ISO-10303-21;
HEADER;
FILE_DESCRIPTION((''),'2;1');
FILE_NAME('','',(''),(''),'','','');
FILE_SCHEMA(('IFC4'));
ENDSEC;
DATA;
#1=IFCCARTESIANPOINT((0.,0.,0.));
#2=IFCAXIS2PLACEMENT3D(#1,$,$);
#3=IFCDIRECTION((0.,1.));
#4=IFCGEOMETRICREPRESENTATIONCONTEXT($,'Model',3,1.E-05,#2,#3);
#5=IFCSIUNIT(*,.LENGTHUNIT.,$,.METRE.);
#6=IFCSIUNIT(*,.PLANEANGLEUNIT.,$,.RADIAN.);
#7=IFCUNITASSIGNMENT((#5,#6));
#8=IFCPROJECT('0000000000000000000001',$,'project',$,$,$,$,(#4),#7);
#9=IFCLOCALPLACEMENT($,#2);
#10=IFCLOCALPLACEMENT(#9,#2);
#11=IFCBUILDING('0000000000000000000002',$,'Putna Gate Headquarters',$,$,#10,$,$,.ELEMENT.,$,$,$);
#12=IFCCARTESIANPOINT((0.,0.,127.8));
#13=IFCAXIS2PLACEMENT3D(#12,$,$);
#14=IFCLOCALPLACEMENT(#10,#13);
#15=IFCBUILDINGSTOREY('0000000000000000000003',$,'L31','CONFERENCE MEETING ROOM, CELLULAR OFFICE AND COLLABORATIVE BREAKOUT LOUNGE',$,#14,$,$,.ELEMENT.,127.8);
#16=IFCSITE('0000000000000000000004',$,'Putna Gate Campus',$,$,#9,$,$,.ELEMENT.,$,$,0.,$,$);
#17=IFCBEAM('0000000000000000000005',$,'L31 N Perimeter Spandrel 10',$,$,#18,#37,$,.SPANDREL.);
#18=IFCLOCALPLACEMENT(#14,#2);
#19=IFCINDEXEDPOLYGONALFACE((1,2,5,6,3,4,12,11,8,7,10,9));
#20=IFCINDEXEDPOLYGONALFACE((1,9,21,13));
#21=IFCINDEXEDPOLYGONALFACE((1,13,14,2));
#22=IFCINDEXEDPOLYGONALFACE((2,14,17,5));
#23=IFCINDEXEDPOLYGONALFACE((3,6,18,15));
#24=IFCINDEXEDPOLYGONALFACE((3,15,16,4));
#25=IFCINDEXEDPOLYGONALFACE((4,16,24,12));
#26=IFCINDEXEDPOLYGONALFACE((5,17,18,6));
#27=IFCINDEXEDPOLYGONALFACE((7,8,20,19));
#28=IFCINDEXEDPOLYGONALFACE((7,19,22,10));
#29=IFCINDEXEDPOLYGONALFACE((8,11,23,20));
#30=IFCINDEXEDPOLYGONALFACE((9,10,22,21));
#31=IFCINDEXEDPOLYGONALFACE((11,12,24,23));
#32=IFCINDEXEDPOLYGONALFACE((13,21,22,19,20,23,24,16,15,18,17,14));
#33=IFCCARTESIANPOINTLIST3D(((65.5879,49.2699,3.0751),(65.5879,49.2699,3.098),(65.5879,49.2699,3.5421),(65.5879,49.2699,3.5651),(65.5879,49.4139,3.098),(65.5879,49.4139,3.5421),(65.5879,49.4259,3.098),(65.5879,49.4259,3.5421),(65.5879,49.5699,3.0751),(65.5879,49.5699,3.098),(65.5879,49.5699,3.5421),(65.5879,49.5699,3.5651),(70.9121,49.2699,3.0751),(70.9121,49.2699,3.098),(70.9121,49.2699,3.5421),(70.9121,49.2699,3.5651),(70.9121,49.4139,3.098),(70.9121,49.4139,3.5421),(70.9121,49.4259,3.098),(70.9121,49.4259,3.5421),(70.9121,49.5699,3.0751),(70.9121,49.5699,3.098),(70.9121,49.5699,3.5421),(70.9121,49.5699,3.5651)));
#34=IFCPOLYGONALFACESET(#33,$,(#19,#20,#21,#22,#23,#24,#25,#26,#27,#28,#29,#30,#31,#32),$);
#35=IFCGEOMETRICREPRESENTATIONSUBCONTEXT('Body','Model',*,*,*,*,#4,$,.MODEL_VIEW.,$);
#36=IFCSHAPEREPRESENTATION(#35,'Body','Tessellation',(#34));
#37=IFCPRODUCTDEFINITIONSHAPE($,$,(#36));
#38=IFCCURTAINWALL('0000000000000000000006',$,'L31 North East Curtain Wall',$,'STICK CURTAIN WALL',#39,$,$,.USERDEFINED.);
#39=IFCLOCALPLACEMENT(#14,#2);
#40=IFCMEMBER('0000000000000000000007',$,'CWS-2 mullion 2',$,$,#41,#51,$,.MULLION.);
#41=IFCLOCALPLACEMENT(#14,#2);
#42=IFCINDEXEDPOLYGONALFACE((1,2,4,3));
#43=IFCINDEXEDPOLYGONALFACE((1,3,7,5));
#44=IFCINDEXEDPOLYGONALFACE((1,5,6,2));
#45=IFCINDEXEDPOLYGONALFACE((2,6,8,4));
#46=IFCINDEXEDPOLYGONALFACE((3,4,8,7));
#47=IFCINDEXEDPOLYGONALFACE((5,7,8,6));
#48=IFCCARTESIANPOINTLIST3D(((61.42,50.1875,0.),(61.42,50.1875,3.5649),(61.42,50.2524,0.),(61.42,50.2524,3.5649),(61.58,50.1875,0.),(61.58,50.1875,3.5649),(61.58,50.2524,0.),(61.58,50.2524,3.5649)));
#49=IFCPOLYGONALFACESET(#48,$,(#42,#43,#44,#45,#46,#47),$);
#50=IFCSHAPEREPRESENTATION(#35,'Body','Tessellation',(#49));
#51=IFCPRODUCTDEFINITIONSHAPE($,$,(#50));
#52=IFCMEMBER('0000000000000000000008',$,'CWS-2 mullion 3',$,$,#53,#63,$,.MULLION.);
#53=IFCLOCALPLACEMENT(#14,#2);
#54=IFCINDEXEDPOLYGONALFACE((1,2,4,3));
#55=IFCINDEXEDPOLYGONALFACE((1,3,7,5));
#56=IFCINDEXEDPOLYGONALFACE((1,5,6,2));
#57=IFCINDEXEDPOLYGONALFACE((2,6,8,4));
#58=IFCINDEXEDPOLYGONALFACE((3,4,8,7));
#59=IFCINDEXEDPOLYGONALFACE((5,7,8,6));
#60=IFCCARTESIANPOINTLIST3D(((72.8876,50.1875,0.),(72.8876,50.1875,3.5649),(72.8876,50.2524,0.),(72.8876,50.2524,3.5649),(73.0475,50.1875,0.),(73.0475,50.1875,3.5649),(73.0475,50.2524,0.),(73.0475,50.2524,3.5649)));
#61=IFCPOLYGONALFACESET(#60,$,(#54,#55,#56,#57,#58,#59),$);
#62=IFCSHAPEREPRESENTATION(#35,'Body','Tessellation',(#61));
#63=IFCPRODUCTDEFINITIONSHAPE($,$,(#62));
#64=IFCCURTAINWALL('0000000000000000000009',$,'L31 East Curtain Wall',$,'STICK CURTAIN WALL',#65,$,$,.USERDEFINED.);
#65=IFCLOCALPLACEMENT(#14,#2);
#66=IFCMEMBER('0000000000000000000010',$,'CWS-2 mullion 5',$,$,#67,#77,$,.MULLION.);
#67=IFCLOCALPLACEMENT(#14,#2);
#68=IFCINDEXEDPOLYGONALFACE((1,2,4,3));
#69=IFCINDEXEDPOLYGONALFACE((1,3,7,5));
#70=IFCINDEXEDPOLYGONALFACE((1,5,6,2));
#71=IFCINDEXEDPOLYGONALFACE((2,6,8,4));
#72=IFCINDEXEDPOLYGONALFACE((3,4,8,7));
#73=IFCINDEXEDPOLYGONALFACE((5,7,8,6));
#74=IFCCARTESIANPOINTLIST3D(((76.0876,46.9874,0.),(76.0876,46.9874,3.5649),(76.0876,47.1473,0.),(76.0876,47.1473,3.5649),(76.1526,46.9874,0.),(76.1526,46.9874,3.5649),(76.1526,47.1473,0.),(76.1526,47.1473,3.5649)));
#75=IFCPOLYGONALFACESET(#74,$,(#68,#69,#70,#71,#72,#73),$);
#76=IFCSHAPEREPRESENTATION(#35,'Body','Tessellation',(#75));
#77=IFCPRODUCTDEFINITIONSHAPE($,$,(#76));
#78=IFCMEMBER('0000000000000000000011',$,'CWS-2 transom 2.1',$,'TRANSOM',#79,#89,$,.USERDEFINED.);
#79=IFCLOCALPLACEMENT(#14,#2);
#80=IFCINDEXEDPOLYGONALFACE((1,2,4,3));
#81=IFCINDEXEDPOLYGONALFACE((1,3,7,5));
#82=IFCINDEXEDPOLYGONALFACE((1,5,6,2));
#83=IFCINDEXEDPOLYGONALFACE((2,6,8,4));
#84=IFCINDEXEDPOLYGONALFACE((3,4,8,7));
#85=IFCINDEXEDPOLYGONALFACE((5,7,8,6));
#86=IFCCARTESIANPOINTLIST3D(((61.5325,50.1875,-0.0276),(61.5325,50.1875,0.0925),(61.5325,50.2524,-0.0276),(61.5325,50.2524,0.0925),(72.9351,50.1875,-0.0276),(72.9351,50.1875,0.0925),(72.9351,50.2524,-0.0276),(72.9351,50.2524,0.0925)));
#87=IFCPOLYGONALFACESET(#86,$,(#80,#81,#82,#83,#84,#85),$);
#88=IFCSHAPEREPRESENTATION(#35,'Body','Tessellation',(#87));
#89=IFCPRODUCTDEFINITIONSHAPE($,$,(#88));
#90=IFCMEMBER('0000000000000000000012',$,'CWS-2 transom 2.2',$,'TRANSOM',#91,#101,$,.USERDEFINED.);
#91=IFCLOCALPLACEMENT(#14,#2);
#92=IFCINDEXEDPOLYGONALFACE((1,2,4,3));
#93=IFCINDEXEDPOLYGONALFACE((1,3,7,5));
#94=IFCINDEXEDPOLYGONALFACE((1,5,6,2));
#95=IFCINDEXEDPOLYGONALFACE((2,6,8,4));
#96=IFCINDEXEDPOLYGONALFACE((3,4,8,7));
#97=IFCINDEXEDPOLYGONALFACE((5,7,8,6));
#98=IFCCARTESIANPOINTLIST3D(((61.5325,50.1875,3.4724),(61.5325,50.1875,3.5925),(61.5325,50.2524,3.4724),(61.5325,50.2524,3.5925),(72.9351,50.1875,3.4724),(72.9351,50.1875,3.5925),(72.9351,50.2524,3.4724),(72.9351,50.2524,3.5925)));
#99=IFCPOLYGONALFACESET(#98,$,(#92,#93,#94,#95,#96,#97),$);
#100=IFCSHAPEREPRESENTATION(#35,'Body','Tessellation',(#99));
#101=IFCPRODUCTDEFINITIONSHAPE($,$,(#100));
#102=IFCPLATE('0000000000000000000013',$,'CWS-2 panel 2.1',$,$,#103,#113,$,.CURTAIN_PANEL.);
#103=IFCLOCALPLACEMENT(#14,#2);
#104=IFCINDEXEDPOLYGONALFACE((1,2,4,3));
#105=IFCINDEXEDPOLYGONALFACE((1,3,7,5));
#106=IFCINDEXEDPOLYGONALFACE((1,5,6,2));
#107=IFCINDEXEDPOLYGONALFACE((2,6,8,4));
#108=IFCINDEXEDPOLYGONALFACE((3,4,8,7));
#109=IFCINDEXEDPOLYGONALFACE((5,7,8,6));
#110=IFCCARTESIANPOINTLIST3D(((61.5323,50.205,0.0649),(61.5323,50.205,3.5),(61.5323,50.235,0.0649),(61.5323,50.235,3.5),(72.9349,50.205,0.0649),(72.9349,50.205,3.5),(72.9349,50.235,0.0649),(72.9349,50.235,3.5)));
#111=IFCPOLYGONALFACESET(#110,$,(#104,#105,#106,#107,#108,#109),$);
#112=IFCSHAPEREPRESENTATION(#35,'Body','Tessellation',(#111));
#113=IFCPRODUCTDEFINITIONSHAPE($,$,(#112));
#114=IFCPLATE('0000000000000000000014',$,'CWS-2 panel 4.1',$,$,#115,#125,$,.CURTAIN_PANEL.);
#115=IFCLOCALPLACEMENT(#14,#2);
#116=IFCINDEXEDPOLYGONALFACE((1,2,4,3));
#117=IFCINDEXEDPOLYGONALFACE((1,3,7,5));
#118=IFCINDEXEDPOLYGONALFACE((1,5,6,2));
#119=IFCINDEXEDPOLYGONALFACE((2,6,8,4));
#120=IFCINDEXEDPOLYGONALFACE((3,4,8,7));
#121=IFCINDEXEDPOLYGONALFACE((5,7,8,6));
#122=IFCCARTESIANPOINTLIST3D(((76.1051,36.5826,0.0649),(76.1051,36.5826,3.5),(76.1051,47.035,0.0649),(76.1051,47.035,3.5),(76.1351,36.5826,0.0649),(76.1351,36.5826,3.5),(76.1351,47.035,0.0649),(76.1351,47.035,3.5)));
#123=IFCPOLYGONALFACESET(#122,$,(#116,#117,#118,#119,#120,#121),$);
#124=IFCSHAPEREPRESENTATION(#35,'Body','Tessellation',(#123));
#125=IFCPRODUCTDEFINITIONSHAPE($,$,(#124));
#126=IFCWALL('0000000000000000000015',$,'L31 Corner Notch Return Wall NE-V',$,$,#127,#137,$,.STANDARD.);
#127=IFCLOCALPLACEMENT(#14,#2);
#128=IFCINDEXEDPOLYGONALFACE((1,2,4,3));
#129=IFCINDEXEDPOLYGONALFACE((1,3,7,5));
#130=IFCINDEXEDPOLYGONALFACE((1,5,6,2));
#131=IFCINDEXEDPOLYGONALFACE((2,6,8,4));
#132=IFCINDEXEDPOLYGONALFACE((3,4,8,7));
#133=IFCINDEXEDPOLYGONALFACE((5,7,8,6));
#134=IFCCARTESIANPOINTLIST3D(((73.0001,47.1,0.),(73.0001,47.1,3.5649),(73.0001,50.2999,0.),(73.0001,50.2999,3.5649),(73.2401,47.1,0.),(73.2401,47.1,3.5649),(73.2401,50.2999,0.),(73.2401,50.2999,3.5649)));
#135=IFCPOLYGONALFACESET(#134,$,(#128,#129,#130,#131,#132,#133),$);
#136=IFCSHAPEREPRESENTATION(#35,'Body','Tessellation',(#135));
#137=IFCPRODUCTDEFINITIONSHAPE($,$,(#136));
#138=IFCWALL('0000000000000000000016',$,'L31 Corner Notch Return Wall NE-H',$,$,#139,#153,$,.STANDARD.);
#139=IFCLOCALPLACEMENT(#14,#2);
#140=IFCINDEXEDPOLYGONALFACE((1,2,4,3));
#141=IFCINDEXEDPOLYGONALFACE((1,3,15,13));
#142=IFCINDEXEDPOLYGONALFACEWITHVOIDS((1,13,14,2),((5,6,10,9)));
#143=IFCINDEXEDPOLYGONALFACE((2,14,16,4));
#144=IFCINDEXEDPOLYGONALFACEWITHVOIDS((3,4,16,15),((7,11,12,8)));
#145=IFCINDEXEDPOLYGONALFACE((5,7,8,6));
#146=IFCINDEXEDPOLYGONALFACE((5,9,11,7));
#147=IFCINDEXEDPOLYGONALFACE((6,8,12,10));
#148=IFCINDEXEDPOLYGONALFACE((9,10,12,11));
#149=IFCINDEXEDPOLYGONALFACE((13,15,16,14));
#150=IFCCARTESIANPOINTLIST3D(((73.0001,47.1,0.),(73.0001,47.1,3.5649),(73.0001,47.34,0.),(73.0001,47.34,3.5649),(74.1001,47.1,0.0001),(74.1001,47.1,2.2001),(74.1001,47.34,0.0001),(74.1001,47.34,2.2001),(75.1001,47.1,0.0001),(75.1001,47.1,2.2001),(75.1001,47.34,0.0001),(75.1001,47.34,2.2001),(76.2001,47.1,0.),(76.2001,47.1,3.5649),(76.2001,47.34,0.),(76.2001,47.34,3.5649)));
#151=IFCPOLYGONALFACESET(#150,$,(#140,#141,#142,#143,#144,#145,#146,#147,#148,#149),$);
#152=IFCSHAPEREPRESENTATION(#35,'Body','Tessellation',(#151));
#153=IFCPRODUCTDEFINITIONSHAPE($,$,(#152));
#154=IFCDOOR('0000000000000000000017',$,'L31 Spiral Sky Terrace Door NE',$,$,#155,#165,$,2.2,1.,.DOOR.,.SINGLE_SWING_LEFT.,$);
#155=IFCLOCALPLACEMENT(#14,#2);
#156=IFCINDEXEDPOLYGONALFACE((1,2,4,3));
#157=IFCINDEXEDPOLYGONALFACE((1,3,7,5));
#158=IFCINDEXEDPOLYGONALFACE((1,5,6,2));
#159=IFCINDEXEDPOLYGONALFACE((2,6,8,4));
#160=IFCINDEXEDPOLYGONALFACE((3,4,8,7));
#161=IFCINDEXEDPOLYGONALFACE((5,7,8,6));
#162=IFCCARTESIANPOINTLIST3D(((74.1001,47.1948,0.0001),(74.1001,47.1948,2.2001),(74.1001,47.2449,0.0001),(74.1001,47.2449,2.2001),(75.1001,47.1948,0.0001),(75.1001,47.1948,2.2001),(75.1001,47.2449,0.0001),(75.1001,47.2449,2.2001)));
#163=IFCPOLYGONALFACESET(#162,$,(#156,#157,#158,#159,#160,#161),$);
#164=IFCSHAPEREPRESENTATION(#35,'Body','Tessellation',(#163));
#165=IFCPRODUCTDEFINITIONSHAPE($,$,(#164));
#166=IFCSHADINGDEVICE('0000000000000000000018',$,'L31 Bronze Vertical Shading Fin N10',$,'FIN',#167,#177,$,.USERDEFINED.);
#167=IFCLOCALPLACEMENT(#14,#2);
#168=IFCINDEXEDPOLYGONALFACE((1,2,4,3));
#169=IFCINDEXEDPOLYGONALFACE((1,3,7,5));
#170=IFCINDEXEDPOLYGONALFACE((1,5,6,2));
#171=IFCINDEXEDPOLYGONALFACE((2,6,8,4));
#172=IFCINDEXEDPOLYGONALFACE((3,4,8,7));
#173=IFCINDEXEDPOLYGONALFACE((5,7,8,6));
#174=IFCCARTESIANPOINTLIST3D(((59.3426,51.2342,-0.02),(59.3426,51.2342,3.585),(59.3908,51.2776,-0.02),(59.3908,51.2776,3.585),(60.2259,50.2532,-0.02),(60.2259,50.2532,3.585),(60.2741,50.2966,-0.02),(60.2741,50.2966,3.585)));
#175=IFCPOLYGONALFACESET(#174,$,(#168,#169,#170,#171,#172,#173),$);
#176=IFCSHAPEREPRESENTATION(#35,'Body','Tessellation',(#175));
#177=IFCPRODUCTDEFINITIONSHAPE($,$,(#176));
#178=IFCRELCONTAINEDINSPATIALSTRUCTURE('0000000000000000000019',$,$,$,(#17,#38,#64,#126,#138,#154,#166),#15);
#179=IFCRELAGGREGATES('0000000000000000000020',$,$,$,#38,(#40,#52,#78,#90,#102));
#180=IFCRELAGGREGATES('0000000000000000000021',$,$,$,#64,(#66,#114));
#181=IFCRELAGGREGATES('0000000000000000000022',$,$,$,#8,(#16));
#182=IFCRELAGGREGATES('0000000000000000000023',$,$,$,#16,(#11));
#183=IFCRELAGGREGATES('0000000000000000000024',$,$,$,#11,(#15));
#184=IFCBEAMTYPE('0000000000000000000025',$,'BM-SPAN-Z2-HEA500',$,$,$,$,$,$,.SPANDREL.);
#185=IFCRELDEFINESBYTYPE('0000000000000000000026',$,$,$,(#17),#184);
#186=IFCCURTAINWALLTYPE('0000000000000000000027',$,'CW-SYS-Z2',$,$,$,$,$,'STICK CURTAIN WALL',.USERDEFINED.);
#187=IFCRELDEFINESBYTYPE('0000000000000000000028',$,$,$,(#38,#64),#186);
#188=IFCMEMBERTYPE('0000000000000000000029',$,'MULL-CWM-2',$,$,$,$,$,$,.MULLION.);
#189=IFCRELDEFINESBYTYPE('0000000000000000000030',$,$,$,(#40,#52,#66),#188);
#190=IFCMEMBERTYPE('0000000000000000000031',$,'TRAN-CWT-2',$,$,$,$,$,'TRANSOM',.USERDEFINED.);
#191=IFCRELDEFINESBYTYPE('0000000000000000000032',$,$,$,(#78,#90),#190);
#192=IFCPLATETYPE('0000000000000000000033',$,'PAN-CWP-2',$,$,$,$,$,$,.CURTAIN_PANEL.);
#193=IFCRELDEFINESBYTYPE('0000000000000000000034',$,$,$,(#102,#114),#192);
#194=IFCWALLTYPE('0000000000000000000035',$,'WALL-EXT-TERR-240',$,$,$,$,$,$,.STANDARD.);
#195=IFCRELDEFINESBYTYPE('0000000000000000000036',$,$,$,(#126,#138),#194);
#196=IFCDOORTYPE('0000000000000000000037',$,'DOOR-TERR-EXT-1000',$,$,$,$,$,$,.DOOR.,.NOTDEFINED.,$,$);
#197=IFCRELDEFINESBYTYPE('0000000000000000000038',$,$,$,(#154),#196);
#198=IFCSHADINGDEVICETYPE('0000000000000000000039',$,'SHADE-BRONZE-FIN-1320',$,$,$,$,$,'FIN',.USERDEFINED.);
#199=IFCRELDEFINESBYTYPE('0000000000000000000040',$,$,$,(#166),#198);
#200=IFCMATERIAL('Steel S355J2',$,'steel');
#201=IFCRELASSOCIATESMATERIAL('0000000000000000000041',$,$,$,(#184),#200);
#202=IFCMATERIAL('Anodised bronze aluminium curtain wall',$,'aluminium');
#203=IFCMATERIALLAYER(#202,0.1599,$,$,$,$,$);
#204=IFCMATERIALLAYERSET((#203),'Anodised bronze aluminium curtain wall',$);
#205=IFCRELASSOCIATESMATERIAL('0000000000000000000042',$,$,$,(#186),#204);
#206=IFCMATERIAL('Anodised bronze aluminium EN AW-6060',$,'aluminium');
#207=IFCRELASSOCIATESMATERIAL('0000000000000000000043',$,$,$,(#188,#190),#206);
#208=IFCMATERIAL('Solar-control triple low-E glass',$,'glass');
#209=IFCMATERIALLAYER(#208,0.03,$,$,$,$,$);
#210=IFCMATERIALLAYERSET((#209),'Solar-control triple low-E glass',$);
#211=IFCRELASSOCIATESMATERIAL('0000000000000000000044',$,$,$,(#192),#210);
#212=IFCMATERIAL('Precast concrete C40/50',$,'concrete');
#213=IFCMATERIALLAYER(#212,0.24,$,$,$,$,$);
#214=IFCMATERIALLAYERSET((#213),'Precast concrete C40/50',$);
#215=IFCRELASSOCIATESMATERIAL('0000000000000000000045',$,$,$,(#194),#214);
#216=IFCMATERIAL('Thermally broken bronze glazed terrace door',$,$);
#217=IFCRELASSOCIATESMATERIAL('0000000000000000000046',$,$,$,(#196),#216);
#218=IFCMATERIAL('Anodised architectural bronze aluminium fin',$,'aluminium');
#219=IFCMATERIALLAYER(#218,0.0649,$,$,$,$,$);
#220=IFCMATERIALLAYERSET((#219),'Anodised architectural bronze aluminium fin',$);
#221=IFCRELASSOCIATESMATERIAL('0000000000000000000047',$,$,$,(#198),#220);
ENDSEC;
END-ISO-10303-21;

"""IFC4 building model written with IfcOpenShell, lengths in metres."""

from ifc_helpers import new_model, si_unit, direction, frame, frame_2d, origin, origin_2d, place, context, subcontext, project, spatial, rectangle, i_section, extrude, material, layer, layer_set, material_profile, profile_set, type_object, element, fill, aggregate, save


model = new_model("IFC4")

# Units and contexts
model_context = context("Model", 3, precision=1e-05, world=origin(), true_north=direction((0.0, 1.0)))
body_context = subcontext(model_context, "Body", "Model", "MODEL_VIEW")
ifc_project = project(units=[si_unit("LENGTHUNIT", "METRE"), si_unit("PLANEANGLEUNIT", "RADIAN")], contexts=[model_context])

# Site, building, storey
site_placement = place(None, origin())
site = spatial("IfcSite", under=ifc_project, at=site_placement, Name="Putna Gate Campus", CompositionType="ELEMENT", RefElevation=0.0)
building_placement = place(site_placement, origin())
building = spatial("IfcBuilding", under=site, at=building_placement, Name="Putna Gate Headquarters", CompositionType="ELEMENT")
storey_placement = place(building_placement, frame((0.0, 0.0, 127.8)))
storey = spatial("IfcBuildingStorey", under=building, at=storey_placement, Name="L31", Description="CONFERENCE MEETING ROOM, CELLULAR OFFICE AND COLLABORATIVE BREAKOUT LOUNGE", CompositionType="ELEMENT", Elevation=127.8)

# Beam
ifc_material_1 = material(Name="Steel S355J2", Category="steel")
ifc_material_profile_1 = material_profile(ifc_material_1, i_section(OverallWidth=0.3, OverallDepth=0.49, WebThickness=0.012, FlangeThickness=0.0229, at=origin_2d()), Name="Steel S355J2")
ifc_profile_set_1 = profile_set([ifc_material_profile_1], Name="Steel S355J2")
beam_type_1 = type_object("IfcBeamType", Name="BM-SPAN-Z2-HEA500", PredefinedType="SPANDREL", material=ifc_profile_set_1)
for number, where, z_axis, x_axis, name in (
    (1, (65.5879, 49.4199, 3.3201), (1.0, 0.0, 0.0), (0.0, 1.0, 0.0), "L31 N Perimeter Spandrel 10"),
):
    element("IfcBeam", number, at=place(storey_placement, frame(where, z_axis=z_axis, x_axis=x_axis)), inside=storey, type_object=beam_type_1, Name=name, PredefinedType="SPANDREL", context=body_context, shape_type="SweptSolid", body=[
        extrude(i_section(OverallWidth=0.3, OverallDepth=0.49, WebThickness=0.012, FlangeThickness=0.0229, at=origin_2d()), origin(), (0.0, 0.0, 1.0), 5.3242),
    ])

# Curtain wall, members
ifc_material_2 = material(Name="Anodised bronze aluminium curtain wall", Category="aluminium")
ifc_layer_1 = layer(ifc_material_2, 0.1599)
ifc_layer_set_1 = layer_set([ifc_layer_1], Name="Anodised bronze aluminium curtain wall")
curtain_wall_type = type_object("IfcCurtainWallType", Name="CW-SYS-Z2", ElementType="STICK CURTAIN WALL", PredefinedType="USERDEFINED", material=ifc_layer_set_1)
curtain_wall_1_placement = place(storey_placement, origin())
curtain_wall_1 = element("IfcCurtainWall", 2, at=curtain_wall_1_placement, inside=storey, type_object=curtain_wall_type, Name="L31 North East Curtain Wall", ObjectType="STICK CURTAIN WALL", PredefinedType="USERDEFINED")
ifc_material_3 = material(Name="Anodised bronze aluminium EN AW-6060", Category="aluminium")
ifc_material_profile_2 = material_profile(ifc_material_3, rectangle(XDim=0.0649, YDim=0.1599, at=origin_2d()), Name="Anodised bronze aluminium EN AW-6060")
ifc_profile_set_2 = profile_set([ifc_material_profile_2], Name="Anodised bronze aluminium EN AW-6060")
member_type_1 = type_object("IfcMemberType", Name="MULL-CWM-2", PredefinedType="MULLION", material=ifc_profile_set_2)
member_1_placement = place(storey_placement, frame((61.5, 50.22, 0.0), z_axis=(0.0, 0.0, 1.0), x_axis=(0.0, 1.0, 0.0)))
member_1 = element("IfcMember", 3, at=member_1_placement, type_object=member_type_1, Name="CWS-2 mullion 2", PredefinedType="MULLION", context=body_context, shape_type="SweptSolid", body=[
    extrude(rectangle(XDim=0.0649, YDim=0.1599, at=origin_2d()), origin(), (0.0, 0.0, 1.0), 3.5649),
])
member_2_placement = place(storey_placement, frame((72.9675, 50.22, 0.0), z_axis=(0.0, 0.0, 1.0), x_axis=(0.0, 1.0, 0.0)))
member_2 = element("IfcMember", 4, at=member_2_placement, type_object=member_type_1, Name="CWS-2 mullion 3", PredefinedType="MULLION", context=body_context, shape_type="SweptSolid", body=[
    extrude(rectangle(XDim=0.0649, YDim=0.1599, at=origin_2d()), origin(), (0.0, 0.0, 1.0), 3.5649),
])

# Curtain wall, member
curtain_wall_2_placement = place(storey_placement, origin())
curtain_wall_2 = element("IfcCurtainWall", 5, at=curtain_wall_2_placement, inside=storey, type_object=curtain_wall_type, Name="L31 East Curtain Wall", ObjectType="STICK CURTAIN WALL", PredefinedType="USERDEFINED")
member_3_placement = place(storey_placement, frame((76.1201, 47.0674, 0.0), z_axis=(0.0, 0.0, 1.0), x_axis=(-1.0, 0.0, 0.0)))
member_3 = element("IfcMember", 6, at=member_3_placement, type_object=member_type_1, Name="CWS-2 mullion 5", PredefinedType="MULLION", context=body_context, shape_type="SweptSolid", body=[
    extrude(rectangle(XDim=0.0649, YDim=0.1599, at=origin_2d()), origin(), (0.0, 0.0, 1.0), 3.5649),
])

# Members
ifc_material_profile_3 = material_profile(ifc_material_3, rectangle(XDim=0.0649, YDim=0.1201, at=origin_2d()), Name="Anodised bronze aluminium EN AW-6060")
ifc_profile_set_3 = profile_set([ifc_material_profile_3], Name="Anodised bronze aluminium EN AW-6060")
member_type_2 = type_object("IfcMemberType", Name="TRAN-CWT-2", ElementType="TRANSOM", PredefinedType="USERDEFINED", material=ifc_profile_set_3)
member_4_placement = place(storey_placement, frame((61.5325, 50.22, 0.0325), z_axis=(1.0, 0.0, 0.0), x_axis=(0.0, 1.0, 0.0)))
member_4 = element("IfcMember", 7, at=member_4_placement, type_object=member_type_2, Name="CWS-2 transom 2.1", ObjectType="TRANSOM", PredefinedType="USERDEFINED", context=body_context, shape_type="SweptSolid", body=[
    extrude(rectangle(XDim=0.0649, YDim=0.1201, at=origin_2d()), origin(), (0.0, 0.0, 1.0), 11.4026),
])
member_5_placement = place(storey_placement, frame((61.5325, 50.22, 3.5325), z_axis=(1.0, 0.0, 0.0), x_axis=(0.0, 1.0, 0.0)))
member_5 = element("IfcMember", 8, at=member_5_placement, type_object=member_type_2, Name="CWS-2 transom 2.2", ObjectType="TRANSOM", PredefinedType="USERDEFINED", context=body_context, shape_type="SweptSolid", body=[
    extrude(rectangle(XDim=0.0649, YDim=0.1201, at=origin_2d()), origin(), (0.0, 0.0, 1.0), 11.4026),
])

# Plates
ifc_material_4 = material(Name="Solar-control triple low-E glass", Category="glass")
ifc_layer_2 = layer(ifc_material_4, 0.03)
ifc_layer_set_2 = layer_set([ifc_layer_2], Name="Solar-control triple low-E glass")
plate_type = type_object("IfcPlateType", Name="PAN-CWP-2", PredefinedType="CURTAIN_PANEL", material=ifc_layer_set_2)
plate_1_placement = place(storey_placement, frame((67.2336, 50.22, 0.0649), z_axis=(0.0, 0.0, 1.0), x_axis=(1.0, 0.0, 0.0)))
plate_1 = element("IfcPlate", 9, at=plate_1_placement, type_object=plate_type, Name="CWS-2 panel 2.1", PredefinedType="CURTAIN_PANEL", context=body_context, shape_type="SweptSolid", body=[
    extrude(rectangle(XDim=11.4026, YDim=0.03, at=origin_2d()), origin(), (0.0, 0.0, 1.0), 3.4351),
])
aggregate(curtain_wall_1, [member_1, member_2, member_4, member_5, plate_1])
plate_2_placement = place(storey_placement, frame((76.1201, 41.8088, 0.0649), z_axis=(0.0, 0.0, 1.0), x_axis=(0.0, 1.0, 0.0)))
plate_2 = element("IfcPlate", 10, at=plate_2_placement, type_object=plate_type, Name="CWS-2 panel 4.1", PredefinedType="CURTAIN_PANEL", context=body_context, shape_type="SweptSolid", body=[
    extrude(rectangle(XDim=10.4524, YDim=0.03, at=origin_2d()), origin(), (0.0, 0.0, 1.0), 3.4351),
])
aggregate(curtain_wall_2, [member_3, plate_2])

# Wall
ifc_material_5 = material(Name="Precast concrete C40/50", Category="concrete")
ifc_layer_3 = layer(ifc_material_5, 0.24)
ifc_layer_set_3 = layer_set([ifc_layer_3], Name="Precast concrete C40/50")
wall_type = type_object("IfcWallType", Name="WALL-EXT-TERR-240", PredefinedType="STANDARD", material=ifc_layer_set_3)
wall_1_placement = place(storey_placement, frame((73.1201, 50.3, 0.0), z_axis=(0.0, 0.0, 1.0), x_axis=(0.0, -1.0, 0.0)))
element("IfcWall", 11, at=wall_1_placement, inside=storey, type_object=wall_type, Name="L31 Corner Notch Return Wall NE-V", PredefinedType="STANDARD", context=body_context, shape_type="SweptSolid", body=[
    extrude(rectangle(XDim=3.2, YDim=0.24, at=frame_2d((1.6001, 0.0))), origin(), (0.0, 0.0, 1.0), 3.5649),
])

# Wall, opening, door
wall_2_placement = place(storey_placement, frame((73.0, 47.22, 0.0), z_axis=(0.0, 0.0, 1.0), x_axis=(1.0, 0.0, 0.0)))
wall_2 = element("IfcWall", 12, at=wall_2_placement, inside=storey, type_object=wall_type, Name="L31 Corner Notch Return Wall NE-H", PredefinedType="STANDARD", context=body_context, shape_type="SweptSolid", body=[
    extrude(rectangle(XDim=3.2, YDim=0.24, at=frame_2d((1.6001, 0.0))), origin(), (0.0, 0.0, 1.0), 3.5649),
])
opening_placement = place(wall_2_placement, frame((1.1001, 0.0, 0.0)))
opening = element("IfcOpeningElement", 13, at=opening_placement, cuts=wall_2, PredefinedType="OPENING", context=body_context, shape_type="SweptSolid", body=[
    extrude(rectangle(XDim=1.0, YDim=2.2, at=frame_2d((0.5, 1.1001))), frame((0.0, 0.1299, 0.0), z_axis=(0.0, -1.0, 0.0), x_axis=(1.0, 0.0, 0.0)), (0.0, 0.0, 1.0), 0.26),
])
ifc_material_6 = material(Name="Thermally broken bronze glazed terrace door")
door_type = type_object("IfcDoorType", Name="DOOR-TERR-EXT-1000", OperationType="NOTDEFINED", PredefinedType="DOOR", material=ifc_material_6)
door_placement = place(opening_placement, origin())
door = element("IfcDoor", 14, at=door_placement, inside=storey, type_object=door_type, Name="L31 Spiral Sky Terrace Door NE", OperationType="SINGLE_SWING_LEFT", OverallHeight=2.2, OverallWidth=1.0, PredefinedType="DOOR", context=body_context, shape_type="SweptSolid", body=[
    extrude(rectangle(XDim=1.0, YDim=2.2, at=frame_2d((0.5, 1.1001))), frame((0.0, 0.0249, 0.0), z_axis=(0.0, -1.0, 0.0), x_axis=(1.0, 0.0, 0.0)), (0.0, 0.0, 1.0), 0.05),
])
fill(opening, door)

# Shading device
ifc_material_7 = material(Name="Anodised architectural bronze aluminium fin", Category="aluminium")
ifc_layer_4 = layer(ifc_material_7, 0.0649)
ifc_layer_set_4 = layer_set([ifc_layer_4], Name="Anodised architectural bronze aluminium fin")
shading_device_type = type_object("IfcShadingDeviceType", Name="SHADE-BRONZE-FIN-1320", ElementType="FIN", PredefinedType="USERDEFINED", material=ifc_layer_set_4)
for number, where, z_axis, x_axis, name in (
    (15, (59.8083, 50.7654, -0.02), (0.0, 0.0, 1.0), (-0.669131, 0.743145, 0.0), "L31 Bronze Vertical Shading Fin N10"),
):
    element("IfcShadingDevice", number, at=place(storey_placement, frame(where, z_axis=z_axis, x_axis=x_axis)), inside=storey, type_object=shading_device_type, Name=name, ObjectType="FIN", PredefinedType="USERDEFINED", context=body_context, shape_type="SweptSolid", body=[
        extrude(rectangle(XDim=1.3201, YDim=0.0649, at=origin_2d()), origin(), (0.0, 0.0, 1.0), 3.605),
    ])

save(model, "model.ifc")
